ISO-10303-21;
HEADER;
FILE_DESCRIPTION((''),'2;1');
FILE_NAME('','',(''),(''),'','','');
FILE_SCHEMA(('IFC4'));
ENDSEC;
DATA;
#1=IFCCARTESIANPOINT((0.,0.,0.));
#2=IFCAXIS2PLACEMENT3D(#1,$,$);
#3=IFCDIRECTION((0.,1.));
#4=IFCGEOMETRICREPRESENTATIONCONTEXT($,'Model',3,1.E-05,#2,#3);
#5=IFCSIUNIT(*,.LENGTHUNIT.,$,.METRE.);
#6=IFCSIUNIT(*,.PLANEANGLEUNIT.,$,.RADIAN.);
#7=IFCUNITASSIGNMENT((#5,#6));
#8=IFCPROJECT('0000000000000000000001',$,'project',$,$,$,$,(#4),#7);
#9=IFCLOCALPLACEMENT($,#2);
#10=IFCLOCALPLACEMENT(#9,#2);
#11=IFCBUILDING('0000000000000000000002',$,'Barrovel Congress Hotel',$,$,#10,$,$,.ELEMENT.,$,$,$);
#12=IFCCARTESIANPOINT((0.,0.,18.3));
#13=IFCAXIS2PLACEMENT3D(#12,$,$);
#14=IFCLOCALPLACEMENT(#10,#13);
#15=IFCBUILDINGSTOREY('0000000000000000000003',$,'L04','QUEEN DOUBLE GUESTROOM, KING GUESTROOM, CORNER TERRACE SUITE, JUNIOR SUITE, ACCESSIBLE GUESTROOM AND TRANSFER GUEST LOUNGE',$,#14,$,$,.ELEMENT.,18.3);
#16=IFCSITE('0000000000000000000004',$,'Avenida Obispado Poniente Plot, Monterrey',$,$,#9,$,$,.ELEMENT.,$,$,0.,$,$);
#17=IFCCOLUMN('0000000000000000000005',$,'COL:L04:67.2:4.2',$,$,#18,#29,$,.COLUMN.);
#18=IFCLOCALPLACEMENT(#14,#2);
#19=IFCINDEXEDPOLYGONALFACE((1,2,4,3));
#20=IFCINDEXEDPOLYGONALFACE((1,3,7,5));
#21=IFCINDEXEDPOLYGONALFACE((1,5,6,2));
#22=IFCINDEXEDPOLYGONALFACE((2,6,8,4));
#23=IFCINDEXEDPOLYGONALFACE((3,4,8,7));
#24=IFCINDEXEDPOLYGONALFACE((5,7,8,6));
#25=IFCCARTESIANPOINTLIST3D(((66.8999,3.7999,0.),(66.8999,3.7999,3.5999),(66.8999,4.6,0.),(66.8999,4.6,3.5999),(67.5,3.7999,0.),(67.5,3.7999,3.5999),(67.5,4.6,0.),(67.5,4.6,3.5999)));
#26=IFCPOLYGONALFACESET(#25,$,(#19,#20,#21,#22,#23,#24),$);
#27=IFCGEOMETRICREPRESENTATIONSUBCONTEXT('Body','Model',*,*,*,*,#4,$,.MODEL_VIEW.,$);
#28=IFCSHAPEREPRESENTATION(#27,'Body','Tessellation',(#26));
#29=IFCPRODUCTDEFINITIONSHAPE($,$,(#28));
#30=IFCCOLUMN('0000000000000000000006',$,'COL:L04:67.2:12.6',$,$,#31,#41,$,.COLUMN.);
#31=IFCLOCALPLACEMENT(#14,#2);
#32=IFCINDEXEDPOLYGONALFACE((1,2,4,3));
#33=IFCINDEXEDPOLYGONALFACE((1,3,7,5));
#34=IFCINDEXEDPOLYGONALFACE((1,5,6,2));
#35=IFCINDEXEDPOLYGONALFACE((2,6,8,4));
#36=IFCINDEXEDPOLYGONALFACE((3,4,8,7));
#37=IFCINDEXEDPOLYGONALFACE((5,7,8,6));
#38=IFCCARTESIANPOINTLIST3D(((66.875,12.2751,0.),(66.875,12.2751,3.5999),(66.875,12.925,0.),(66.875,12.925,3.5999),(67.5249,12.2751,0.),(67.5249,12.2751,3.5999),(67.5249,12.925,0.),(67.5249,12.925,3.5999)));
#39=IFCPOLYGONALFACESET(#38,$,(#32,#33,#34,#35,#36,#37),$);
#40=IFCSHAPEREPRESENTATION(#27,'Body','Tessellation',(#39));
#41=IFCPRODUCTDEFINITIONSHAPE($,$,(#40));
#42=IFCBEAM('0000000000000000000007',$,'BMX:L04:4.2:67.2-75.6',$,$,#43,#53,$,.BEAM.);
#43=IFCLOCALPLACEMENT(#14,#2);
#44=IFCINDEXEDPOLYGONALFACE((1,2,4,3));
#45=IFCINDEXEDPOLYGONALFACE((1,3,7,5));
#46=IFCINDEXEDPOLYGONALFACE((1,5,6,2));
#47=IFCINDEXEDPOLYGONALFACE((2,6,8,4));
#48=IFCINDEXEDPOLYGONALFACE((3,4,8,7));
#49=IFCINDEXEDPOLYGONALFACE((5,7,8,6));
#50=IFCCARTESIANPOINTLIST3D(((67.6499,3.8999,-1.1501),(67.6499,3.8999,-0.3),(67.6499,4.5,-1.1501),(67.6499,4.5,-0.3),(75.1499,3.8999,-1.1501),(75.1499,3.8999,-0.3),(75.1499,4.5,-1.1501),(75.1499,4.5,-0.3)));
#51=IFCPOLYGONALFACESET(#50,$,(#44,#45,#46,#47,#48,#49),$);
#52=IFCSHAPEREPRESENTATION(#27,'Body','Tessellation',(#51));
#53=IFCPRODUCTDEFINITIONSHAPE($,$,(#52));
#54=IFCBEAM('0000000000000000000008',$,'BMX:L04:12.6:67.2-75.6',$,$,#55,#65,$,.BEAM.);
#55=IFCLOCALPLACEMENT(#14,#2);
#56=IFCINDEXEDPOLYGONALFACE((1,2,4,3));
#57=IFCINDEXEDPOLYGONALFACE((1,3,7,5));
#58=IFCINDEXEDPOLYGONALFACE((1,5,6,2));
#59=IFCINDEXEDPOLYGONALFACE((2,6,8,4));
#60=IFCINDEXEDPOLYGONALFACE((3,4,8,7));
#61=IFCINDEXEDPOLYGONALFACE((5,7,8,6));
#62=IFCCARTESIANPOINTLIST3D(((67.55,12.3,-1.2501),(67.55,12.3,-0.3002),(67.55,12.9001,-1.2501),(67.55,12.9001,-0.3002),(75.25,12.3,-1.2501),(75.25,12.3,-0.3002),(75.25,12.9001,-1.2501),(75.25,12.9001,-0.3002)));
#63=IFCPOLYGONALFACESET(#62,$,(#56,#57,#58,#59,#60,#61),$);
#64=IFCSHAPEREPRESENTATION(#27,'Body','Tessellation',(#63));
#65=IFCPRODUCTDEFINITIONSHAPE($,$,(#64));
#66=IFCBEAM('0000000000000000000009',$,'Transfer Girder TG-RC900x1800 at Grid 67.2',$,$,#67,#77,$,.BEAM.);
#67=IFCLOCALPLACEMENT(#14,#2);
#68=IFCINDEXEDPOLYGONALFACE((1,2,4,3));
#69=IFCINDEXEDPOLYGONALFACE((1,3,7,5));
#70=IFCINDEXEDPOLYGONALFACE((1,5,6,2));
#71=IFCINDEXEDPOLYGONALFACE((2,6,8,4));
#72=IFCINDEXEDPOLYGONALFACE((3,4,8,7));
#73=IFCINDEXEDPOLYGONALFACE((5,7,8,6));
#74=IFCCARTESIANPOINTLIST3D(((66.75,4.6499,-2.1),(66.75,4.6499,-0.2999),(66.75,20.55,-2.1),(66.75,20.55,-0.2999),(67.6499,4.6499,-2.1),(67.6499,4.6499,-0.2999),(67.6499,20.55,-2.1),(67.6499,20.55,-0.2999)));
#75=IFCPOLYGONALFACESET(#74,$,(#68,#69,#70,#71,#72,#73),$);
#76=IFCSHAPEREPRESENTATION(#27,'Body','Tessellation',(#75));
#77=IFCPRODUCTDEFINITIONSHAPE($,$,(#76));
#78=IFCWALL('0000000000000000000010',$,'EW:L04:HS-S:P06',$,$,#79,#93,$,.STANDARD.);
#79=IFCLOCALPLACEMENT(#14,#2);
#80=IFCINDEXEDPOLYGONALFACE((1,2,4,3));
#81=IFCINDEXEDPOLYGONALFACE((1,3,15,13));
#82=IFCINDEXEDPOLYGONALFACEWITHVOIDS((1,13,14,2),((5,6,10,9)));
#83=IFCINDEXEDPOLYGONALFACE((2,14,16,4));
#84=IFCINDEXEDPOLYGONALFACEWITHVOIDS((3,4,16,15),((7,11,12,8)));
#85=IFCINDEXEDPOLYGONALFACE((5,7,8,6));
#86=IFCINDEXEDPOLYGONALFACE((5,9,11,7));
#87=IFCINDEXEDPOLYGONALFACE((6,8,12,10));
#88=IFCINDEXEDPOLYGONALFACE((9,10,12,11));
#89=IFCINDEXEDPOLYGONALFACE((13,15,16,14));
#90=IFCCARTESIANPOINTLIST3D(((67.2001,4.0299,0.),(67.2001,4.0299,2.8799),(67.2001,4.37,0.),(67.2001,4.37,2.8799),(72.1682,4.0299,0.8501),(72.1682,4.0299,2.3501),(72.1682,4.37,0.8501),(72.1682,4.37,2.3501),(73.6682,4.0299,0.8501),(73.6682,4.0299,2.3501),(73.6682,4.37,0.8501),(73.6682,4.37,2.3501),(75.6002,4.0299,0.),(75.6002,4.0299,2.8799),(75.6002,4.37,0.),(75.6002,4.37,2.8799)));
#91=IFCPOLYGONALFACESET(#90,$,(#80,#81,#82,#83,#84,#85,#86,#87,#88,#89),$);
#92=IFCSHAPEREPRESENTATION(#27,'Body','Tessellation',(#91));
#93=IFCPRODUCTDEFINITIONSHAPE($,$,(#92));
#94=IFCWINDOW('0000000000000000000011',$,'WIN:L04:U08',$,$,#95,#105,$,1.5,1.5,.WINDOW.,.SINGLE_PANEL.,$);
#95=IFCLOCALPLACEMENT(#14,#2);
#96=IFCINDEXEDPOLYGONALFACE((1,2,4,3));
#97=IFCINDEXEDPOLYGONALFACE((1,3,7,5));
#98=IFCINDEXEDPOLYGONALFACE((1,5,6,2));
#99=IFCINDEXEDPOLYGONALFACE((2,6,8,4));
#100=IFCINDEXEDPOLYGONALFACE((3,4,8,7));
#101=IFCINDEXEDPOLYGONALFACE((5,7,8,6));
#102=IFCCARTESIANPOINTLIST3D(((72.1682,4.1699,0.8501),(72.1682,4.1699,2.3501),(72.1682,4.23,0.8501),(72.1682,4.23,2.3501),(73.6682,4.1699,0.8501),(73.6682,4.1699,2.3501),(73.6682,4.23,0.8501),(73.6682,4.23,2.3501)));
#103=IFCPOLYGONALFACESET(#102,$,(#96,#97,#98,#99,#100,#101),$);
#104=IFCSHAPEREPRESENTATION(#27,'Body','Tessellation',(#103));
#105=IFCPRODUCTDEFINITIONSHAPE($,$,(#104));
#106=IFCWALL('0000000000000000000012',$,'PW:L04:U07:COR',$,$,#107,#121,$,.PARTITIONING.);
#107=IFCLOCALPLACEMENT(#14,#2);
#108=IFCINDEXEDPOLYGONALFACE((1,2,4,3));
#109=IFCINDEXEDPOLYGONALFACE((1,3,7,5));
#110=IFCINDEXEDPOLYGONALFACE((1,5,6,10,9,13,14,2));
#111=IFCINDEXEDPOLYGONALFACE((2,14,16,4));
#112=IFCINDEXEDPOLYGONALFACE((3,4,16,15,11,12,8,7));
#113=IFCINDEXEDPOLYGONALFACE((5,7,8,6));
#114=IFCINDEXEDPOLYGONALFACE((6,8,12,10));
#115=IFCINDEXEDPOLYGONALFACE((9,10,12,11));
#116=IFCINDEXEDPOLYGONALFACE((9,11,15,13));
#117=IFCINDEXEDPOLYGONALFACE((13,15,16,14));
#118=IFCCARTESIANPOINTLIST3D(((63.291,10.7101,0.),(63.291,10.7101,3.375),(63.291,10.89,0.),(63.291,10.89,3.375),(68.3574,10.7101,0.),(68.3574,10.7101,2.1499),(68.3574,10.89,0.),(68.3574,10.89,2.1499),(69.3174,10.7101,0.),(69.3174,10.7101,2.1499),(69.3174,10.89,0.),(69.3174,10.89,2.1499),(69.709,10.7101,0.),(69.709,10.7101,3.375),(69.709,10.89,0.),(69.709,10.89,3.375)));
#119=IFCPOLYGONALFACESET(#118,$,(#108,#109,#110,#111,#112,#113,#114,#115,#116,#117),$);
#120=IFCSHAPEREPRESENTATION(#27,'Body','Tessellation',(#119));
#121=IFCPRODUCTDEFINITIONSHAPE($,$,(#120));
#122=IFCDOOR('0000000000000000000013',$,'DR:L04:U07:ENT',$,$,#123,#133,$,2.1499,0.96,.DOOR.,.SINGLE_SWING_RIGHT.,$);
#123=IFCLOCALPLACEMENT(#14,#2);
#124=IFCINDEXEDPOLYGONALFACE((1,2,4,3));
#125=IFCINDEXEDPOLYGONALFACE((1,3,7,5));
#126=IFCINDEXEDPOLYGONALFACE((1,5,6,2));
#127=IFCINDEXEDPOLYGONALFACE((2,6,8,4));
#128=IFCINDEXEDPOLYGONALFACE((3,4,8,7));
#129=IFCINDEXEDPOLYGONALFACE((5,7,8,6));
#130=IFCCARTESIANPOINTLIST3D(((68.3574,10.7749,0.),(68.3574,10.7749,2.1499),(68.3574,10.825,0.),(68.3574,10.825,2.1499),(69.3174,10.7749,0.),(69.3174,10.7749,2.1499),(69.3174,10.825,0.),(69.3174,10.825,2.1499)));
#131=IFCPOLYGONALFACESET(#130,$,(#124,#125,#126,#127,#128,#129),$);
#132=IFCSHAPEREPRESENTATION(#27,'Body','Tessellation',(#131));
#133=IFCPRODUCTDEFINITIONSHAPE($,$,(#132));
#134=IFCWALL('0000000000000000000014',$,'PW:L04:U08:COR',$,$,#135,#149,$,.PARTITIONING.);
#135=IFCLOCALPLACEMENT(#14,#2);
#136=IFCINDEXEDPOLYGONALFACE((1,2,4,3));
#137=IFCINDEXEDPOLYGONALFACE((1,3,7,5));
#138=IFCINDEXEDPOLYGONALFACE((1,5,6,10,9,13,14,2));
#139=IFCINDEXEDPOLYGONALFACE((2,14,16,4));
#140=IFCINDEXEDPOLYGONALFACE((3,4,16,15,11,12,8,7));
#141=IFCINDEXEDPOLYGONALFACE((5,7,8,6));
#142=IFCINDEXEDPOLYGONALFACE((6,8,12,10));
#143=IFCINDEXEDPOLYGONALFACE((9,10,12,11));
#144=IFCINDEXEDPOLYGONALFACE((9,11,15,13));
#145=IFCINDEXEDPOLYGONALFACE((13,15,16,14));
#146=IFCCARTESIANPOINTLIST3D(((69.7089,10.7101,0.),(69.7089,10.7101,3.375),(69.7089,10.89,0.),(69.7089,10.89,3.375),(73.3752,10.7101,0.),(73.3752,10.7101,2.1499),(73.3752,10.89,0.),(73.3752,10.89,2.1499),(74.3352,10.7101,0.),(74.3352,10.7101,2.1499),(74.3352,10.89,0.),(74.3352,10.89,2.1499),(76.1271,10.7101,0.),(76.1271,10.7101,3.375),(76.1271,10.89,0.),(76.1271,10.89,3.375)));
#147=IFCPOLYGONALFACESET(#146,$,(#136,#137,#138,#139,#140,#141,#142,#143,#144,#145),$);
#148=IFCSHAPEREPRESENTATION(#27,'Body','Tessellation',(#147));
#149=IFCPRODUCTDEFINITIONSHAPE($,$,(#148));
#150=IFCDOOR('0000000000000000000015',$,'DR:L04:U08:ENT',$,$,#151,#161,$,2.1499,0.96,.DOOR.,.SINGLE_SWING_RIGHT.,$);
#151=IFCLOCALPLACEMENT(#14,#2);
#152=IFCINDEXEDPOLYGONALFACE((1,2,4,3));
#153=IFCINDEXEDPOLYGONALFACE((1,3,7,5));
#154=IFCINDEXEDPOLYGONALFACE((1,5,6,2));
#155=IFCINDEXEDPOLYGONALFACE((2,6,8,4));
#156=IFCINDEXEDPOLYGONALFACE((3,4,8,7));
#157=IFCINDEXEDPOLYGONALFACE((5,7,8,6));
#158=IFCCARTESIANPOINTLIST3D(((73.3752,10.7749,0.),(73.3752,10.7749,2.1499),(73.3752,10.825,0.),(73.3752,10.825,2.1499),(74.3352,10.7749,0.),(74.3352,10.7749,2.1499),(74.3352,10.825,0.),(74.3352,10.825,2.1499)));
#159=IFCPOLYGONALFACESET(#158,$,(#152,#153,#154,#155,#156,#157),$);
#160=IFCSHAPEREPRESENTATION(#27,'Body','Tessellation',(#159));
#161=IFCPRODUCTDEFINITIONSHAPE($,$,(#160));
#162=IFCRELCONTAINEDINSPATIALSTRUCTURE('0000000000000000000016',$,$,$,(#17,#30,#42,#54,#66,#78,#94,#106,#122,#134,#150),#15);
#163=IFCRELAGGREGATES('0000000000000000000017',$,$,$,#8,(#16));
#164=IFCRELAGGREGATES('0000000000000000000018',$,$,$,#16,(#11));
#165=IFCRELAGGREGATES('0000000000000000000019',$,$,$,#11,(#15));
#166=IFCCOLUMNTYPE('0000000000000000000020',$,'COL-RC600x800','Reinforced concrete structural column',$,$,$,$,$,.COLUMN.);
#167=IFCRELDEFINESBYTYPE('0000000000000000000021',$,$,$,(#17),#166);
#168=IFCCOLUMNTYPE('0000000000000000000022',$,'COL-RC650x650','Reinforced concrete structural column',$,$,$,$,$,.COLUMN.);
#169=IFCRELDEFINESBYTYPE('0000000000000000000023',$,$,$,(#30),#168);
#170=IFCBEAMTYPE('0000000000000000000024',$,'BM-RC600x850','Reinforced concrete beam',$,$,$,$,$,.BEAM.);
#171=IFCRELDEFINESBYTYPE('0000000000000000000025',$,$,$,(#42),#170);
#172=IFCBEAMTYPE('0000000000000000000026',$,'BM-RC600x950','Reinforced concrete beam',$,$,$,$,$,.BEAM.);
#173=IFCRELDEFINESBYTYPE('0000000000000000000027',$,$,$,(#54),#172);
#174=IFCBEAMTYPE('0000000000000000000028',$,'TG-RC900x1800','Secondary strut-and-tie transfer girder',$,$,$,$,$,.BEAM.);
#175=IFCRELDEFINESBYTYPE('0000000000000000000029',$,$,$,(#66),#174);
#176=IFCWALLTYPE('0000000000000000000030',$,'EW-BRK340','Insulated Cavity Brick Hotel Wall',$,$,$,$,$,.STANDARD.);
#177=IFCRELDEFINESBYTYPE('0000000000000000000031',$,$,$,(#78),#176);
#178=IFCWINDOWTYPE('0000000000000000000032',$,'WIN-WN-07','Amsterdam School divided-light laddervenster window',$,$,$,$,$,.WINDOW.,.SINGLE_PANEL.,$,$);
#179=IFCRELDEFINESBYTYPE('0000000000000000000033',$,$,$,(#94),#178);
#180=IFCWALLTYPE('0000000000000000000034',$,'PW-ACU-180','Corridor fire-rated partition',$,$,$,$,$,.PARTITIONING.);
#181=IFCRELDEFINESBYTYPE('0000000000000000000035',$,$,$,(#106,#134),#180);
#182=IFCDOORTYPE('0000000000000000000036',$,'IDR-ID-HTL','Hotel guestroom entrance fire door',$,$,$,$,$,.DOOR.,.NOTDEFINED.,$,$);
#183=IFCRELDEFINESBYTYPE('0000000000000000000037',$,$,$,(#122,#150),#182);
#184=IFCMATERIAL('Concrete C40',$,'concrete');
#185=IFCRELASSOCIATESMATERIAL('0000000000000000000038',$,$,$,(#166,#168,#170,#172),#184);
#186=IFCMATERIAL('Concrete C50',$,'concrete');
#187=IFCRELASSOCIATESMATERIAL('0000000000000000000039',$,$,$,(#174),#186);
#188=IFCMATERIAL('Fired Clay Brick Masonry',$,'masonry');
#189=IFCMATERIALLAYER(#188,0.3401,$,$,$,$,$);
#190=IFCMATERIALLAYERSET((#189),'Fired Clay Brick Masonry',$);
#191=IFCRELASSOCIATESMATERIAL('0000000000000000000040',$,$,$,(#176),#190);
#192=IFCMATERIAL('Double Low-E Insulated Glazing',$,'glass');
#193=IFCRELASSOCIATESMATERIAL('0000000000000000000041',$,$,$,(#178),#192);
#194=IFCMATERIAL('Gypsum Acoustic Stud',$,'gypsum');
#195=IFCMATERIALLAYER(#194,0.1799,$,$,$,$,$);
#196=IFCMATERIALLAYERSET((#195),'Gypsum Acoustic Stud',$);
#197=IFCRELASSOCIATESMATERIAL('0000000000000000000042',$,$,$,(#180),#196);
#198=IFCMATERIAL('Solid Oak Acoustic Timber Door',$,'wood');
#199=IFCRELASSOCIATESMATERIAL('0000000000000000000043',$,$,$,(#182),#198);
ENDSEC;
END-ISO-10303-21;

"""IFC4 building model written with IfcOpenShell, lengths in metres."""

from ifc_helpers import new_model, si_unit, direction, frame, frame_2d, origin, origin_2d, place, context, subcontext, project, spatial, rectangle, extrude, material, layer, layer_set, material_profile, profile_set, type_object, element, fill, save


model = new_model("IFC4")

# Units and contexts
model_context = context("Model", 3, precision=1e-05, world=origin(), true_north=direction((0.0, 1.0)))
body_context = subcontext(model_context, "Body", "Model", "MODEL_VIEW")
ifc_project = project(units=[si_unit("LENGTHUNIT", "METRE"), si_unit("PLANEANGLEUNIT", "RADIAN")], contexts=[model_context])

# Site, building, storey
site_placement = place(None, origin())
site = spatial("IfcSite", under=ifc_project, at=site_placement, Name="Avenida Obispado Poniente Plot, Monterrey", CompositionType="ELEMENT", RefElevation=0.0)
building_placement = place(site_placement, origin())
building = spatial("IfcBuilding", under=site, at=building_placement, Name="Barrovel Congress Hotel", CompositionType="ELEMENT")
storey_placement = place(building_placement, frame((0.0, 0.0, 18.3)))
storey = spatial("IfcBuildingStorey", under=building, at=storey_placement, Name="L04", Description="QUEEN DOUBLE GUESTROOM, KING GUESTROOM, CORNER TERRACE SUITE, JUNIOR SUITE, ACCESSIBLE GUESTROOM AND TRANSFER GUEST LOUNGE", CompositionType="ELEMENT", Elevation=18.3)

# Columns
ifc_material_1 = material(Name="Concrete C40", Category="concrete")
ifc_material_profile_1 = material_profile(ifc_material_1, rectangle(XDim=0.6001, YDim=0.8, at=origin_2d()), Name="RC600x800")
ifc_profile_set_1 = profile_set([ifc_material_profile_1], Name="Concrete C40")
column_type_1 = type_object("IfcColumnType", Name="COL-RC600x800", Description="Reinforced concrete structural column", PredefinedType="COLUMN", material=ifc_profile_set_1)
column_1_placement = place(storey_placement, frame((67.2, 4.2, 0.0), z_axis=(0.0, 0.0, 1.0), x_axis=(1.0, 0.0, 0.0)))
element("IfcColumn", 1, at=column_1_placement, inside=storey, type_object=column_type_1, Name="COL:L04:67.2:4.2", PredefinedType="COLUMN", context=body_context, shape_type="SweptSolid", body=[
    extrude(rectangle(XDim=0.6001, YDim=0.8, at=origin_2d()), origin(), (0.0, 0.0, 1.0), 3.5999),
])
ifc_material_profile_2 = material_profile(ifc_material_1, rectangle(XDim=0.6499, YDim=0.6499, at=origin_2d()), Name="RC650x650")
ifc_profile_set_2 = profile_set([ifc_material_profile_2], Name="Concrete C40")
column_type_2 = type_object("IfcColumnType", Name="COL-RC650x650", Description="Reinforced concrete structural column", PredefinedType="COLUMN", material=ifc_profile_set_2)
column_2_placement = place(storey_placement, frame((67.2, 12.6001, 0.0), z_axis=(0.0, 0.0, 1.0), x_axis=(1.0, 0.0, 0.0)))
element("IfcColumn", 2, at=column_2_placement, inside=storey, type_object=column_type_2, Name="COL:L04:67.2:12.6", PredefinedType="COLUMN", context=body_context, shape_type="SweptSolid", body=[
    extrude(rectangle(XDim=0.6499, YDim=0.6499, at=origin_2d()), origin(), (0.0, 0.0, 1.0), 3.5999),
])

# Beams
ifc_material_profile_3 = material_profile(ifc_material_1, rectangle(XDim=0.6001, YDim=0.8501, at=origin_2d()), Name="RC600x850")
ifc_profile_set_3 = profile_set([ifc_material_profile_3], Name="Concrete C40")
beam_type_1 = type_object("IfcBeamType", Name="BM-RC600x850", Description="Reinforced concrete beam", PredefinedType="BEAM", material=ifc_profile_set_3)
beam_1_placement = place(storey_placement, frame((67.6499, 4.2, -0.7251), z_axis=(1.0, 0.0, 0.0), x_axis=(0.0, 1.0, 0.0)))
element("IfcBeam", 3, at=beam_1_placement, inside=storey, type_object=beam_type_1, Name="BMX:L04:4.2:67.2-75.6", PredefinedType="BEAM", context=body_context, shape_type="SweptSolid", body=[
    extrude(rectangle(XDim=0.6001, YDim=0.8501, at=origin_2d()), origin(), (0.0, 0.0, 1.0), 7.5),
])
ifc_material_profile_4 = material_profile(ifc_material_1, rectangle(XDim=0.6001, YDim=0.95, at=origin_2d()), Name="RC600x950")
ifc_profile_set_4 = profile_set([ifc_material_profile_4], Name="Concrete C40")
beam_type_2 = type_object("IfcBeamType", Name="BM-RC600x950", Description="Reinforced concrete beam", PredefinedType="BEAM", material=ifc_profile_set_4)
beam_2_placement = place(storey_placement, frame((67.55, 12.6001, -0.7751), z_axis=(1.0, 0.0, 0.0), x_axis=(0.0, 1.0, 0.0)))
element("IfcBeam", 4, at=beam_2_placement, inside=storey, type_object=beam_type_2, Name="BMX:L04:12.6:67.2-75.6", PredefinedType="BEAM", context=body_context, shape_type="SweptSolid", body=[
    extrude(rectangle(XDim=0.6001, YDim=0.95, at=origin_2d()), origin(), (0.0, 0.0, 1.0), 7.7),
])
ifc_material_2 = material(Name="Concrete C50", Category="concrete")
ifc_material_profile_5 = material_profile(ifc_material_2, rectangle(XDim=0.8999, YDim=1.8, at=origin_2d()), Name="RC900x1800")
ifc_profile_set_5 = profile_set([ifc_material_profile_5], Name="Concrete C50")
beam_type_3 = type_object("IfcBeamType", Name="TG-RC900x1800", Description="Secondary strut-and-tie transfer girder", PredefinedType="BEAM", material=ifc_profile_set_5)
beam_3_placement = place(storey_placement, frame((67.2, 4.6499, -1.2), z_axis=(0.0, 1.0, 0.0), x_axis=(-1.0, 0.0, 0.0)))
element("IfcBeam", 5, at=beam_3_placement, inside=storey, type_object=beam_type_3, Name="Transfer Girder TG-RC900x1800 at Grid 67.2", PredefinedType="BEAM", context=body_context, shape_type="SweptSolid", body=[
    extrude(rectangle(XDim=0.8999, YDim=1.8, at=origin_2d()), origin(), (0.0, 0.0, 1.0), 15.9001),
])

# Wall, opening, window
ifc_material_3 = material(Name="Fired Clay Brick Masonry", Category="masonry")
ifc_layer_1 = layer(ifc_material_3, 0.3401)
ifc_layer_set_1 = layer_set([ifc_layer_1], Name="Fired Clay Brick Masonry")
wall_type_1 = type_object("IfcWallType", Name="EW-BRK340", Description="Insulated Cavity Brick Hotel Wall", PredefinedType="STANDARD", material=ifc_layer_set_1)
wall_1_placement = place(storey_placement, frame((67.2, 4.2, 0.0), z_axis=(0.0, 0.0, 1.0), x_axis=(1.0, 0.0, 0.0)))
wall_1 = element("IfcWall", 6, at=wall_1_placement, inside=storey, type_object=wall_type_1, Name="EW:L04:HS-S:P06", PredefinedType="STANDARD", context=body_context, shape_type="SweptSolid", body=[
    extrude(rectangle(XDim=8.4001, YDim=0.3401, at=frame_2d((4.2002, 0.0))), origin(), (0.0, 0.0, 1.0), 2.8799),
])
opening_1_placement = place(wall_1_placement, frame((4.9683, 0.0, 0.8501)))
opening_1 = element("IfcOpeningElement", 7, at=opening_1_placement, cuts=wall_1, PredefinedType="OPENING", context=body_context, shape_type="SweptSolid", body=[
    extrude(rectangle(XDim=1.5, YDim=1.5, at=frame_2d((0.75, 0.75))), frame((0.0, 0.1802, 0.0), z_axis=(0.0, -1.0, 0.0), x_axis=(1.0, 0.0, 0.0)), (0.0, 0.0, 1.0), 0.3601),
])
ifc_material_4 = material(Name="Double Low-E Insulated Glazing", Category="glass")
window_type = type_object("IfcWindowType", Name="WIN-WN-07", Description="Amsterdam School divided-light laddervenster window", PartitioningType="SINGLE_PANEL", PredefinedType="WINDOW", material=ifc_material_4)
window_placement = place(opening_1_placement, origin())
window = element("IfcWindow", 8, at=window_placement, inside=storey, type_object=window_type, Name="WIN:L04:U08", OverallHeight=1.5, OverallWidth=1.5, PartitioningType="SINGLE_PANEL", PredefinedType="WINDOW", context=body_context, shape_type="SweptSolid", body=[
    extrude(rectangle(XDim=1.5, YDim=1.5, at=frame_2d((0.75, 0.75))), frame((0.0, 0.03, 0.0), z_axis=(0.0, -1.0, 0.0), x_axis=(1.0, 0.0, 0.0)), (0.0, 0.0, 1.0), 0.0601),
])
fill(opening_1, window)

# Walls, openings, doors
ifc_material_5 = material(Name="Gypsum Acoustic Stud", Category="gypsum")
ifc_layer_2 = layer(ifc_material_5, 0.1799)
ifc_layer_set_2 = layer_set([ifc_layer_2], Name="Gypsum Acoustic Stud")
wall_type_2 = type_object("IfcWallType", Name="PW-ACU-180", Description="Corridor fire-rated partition", PredefinedType="PARTITIONING", material=ifc_layer_set_2)
wall_2_placement = place(storey_placement, frame((63.291, 10.8, 0.0), z_axis=(0.0, 0.0, 1.0), x_axis=(1.0, 0.0, 0.0)))
wall_2 = element("IfcWall", 9, at=wall_2_placement, inside=storey, type_object=wall_type_2, Name="PW:L04:U07:COR", PredefinedType="PARTITIONING", context=body_context, shape_type="SweptSolid", body=[
    extrude(rectangle(XDim=6.418, YDim=0.1799, at=frame_2d((3.209, 0.0))), origin(), (0.0, 0.0, 1.0), 3.375),
])
opening_2_placement = place(wall_2_placement, frame((5.0664, 0.0, 0.0)))
opening_2 = element("IfcOpeningElement", 10, at=opening_2_placement, cuts=wall_2, PredefinedType="OPENING", context=body_context, shape_type="SweptSolid", body=[
    extrude(rectangle(XDim=0.96, YDim=2.1499, at=frame_2d((0.48, 1.075))), frame((0.0, 0.1001, 0.0), z_axis=(0.0, -1.0, 0.0), x_axis=(1.0, 0.0, 0.0)), (0.0, 0.0, 1.0), 0.2),
])
ifc_material_6 = material(Name="Solid Oak Acoustic Timber Door", Category="wood")
door_type_1 = type_object("IfcDoorType", Name="IDR-ID-HTL", Description="Hotel guestroom entrance fire door", OperationType="NOTDEFINED", PredefinedType="DOOR", material=ifc_material_6)
door_1_placement = place(opening_2_placement, origin())
door_1 = element("IfcDoor", 11, at=door_1_placement, inside=storey, type_object=door_type_1, Name="DR:L04:U07:ENT", OperationType="SINGLE_SWING_RIGHT", OverallHeight=2.1499, OverallWidth=0.96, PredefinedType="DOOR", context=body_context, shape_type="SweptSolid", body=[
    extrude(rectangle(XDim=0.96, YDim=2.1499, at=frame_2d((0.48, 1.075))), frame((0.0, 0.0249, 0.0), z_axis=(0.0, -1.0, 0.0), x_axis=(1.0, 0.0, 0.0)), (0.0, 0.0, 1.0), 0.05),
])
fill(opening_2, door_1)
wall_3_placement = place(storey_placement, frame((69.709, 10.8, 0.0), z_axis=(0.0, 0.0, 1.0), x_axis=(1.0, 0.0, 0.0)))
wall_3 = element("IfcWall", 12, at=wall_3_placement, inside=storey, type_object=wall_type_2, Name="PW:L04:U08:COR", PredefinedType="PARTITIONING", context=body_context, shape_type="SweptSolid", body=[
    extrude(rectangle(XDim=6.4182, YDim=0.1799, at=frame_2d((3.209, 0.0))), origin(), (0.0, 0.0, 1.0), 3.375),
])
opening_3_placement = place(wall_3_placement, frame((3.6663, 0.0, 0.0)))
opening_3 = element("IfcOpeningElement", 13, at=opening_3_placement, cuts=wall_3, PredefinedType="OPENING", context=body_context, shape_type="SweptSolid", body=[
    extrude(rectangle(XDim=0.96, YDim=2.1499, at=frame_2d((0.48, 1.075))), frame((0.0, 0.1001, 0.0), z_axis=(0.0, -1.0, 0.0), x_axis=(1.0, 0.0, 0.0)), (0.0, 0.0, 1.0), 0.2),
])
door_2_placement = place(opening_3_placement, origin())
door_2 = element("IfcDoor", 14, at=door_2_placement, inside=storey, type_object=door_type_1, Name="DR:L04:U08:ENT", OperationType="SINGLE_SWING_RIGHT", OverallHeight=2.1499, OverallWidth=0.96, PredefinedType="DOOR", context=body_context, shape_type="SweptSolid", body=[
    extrude(rectangle(XDim=0.96, YDim=2.1499, at=frame_2d((0.48, 1.075))), frame((0.0, 0.0249, 0.0), z_axis=(0.0, -1.0, 0.0), x_axis=(1.0, 0.0, 0.0)), (0.0, 0.0, 1.0), 0.05),
])
fill(opening_3, door_2)

save(model, "model.ifc")
